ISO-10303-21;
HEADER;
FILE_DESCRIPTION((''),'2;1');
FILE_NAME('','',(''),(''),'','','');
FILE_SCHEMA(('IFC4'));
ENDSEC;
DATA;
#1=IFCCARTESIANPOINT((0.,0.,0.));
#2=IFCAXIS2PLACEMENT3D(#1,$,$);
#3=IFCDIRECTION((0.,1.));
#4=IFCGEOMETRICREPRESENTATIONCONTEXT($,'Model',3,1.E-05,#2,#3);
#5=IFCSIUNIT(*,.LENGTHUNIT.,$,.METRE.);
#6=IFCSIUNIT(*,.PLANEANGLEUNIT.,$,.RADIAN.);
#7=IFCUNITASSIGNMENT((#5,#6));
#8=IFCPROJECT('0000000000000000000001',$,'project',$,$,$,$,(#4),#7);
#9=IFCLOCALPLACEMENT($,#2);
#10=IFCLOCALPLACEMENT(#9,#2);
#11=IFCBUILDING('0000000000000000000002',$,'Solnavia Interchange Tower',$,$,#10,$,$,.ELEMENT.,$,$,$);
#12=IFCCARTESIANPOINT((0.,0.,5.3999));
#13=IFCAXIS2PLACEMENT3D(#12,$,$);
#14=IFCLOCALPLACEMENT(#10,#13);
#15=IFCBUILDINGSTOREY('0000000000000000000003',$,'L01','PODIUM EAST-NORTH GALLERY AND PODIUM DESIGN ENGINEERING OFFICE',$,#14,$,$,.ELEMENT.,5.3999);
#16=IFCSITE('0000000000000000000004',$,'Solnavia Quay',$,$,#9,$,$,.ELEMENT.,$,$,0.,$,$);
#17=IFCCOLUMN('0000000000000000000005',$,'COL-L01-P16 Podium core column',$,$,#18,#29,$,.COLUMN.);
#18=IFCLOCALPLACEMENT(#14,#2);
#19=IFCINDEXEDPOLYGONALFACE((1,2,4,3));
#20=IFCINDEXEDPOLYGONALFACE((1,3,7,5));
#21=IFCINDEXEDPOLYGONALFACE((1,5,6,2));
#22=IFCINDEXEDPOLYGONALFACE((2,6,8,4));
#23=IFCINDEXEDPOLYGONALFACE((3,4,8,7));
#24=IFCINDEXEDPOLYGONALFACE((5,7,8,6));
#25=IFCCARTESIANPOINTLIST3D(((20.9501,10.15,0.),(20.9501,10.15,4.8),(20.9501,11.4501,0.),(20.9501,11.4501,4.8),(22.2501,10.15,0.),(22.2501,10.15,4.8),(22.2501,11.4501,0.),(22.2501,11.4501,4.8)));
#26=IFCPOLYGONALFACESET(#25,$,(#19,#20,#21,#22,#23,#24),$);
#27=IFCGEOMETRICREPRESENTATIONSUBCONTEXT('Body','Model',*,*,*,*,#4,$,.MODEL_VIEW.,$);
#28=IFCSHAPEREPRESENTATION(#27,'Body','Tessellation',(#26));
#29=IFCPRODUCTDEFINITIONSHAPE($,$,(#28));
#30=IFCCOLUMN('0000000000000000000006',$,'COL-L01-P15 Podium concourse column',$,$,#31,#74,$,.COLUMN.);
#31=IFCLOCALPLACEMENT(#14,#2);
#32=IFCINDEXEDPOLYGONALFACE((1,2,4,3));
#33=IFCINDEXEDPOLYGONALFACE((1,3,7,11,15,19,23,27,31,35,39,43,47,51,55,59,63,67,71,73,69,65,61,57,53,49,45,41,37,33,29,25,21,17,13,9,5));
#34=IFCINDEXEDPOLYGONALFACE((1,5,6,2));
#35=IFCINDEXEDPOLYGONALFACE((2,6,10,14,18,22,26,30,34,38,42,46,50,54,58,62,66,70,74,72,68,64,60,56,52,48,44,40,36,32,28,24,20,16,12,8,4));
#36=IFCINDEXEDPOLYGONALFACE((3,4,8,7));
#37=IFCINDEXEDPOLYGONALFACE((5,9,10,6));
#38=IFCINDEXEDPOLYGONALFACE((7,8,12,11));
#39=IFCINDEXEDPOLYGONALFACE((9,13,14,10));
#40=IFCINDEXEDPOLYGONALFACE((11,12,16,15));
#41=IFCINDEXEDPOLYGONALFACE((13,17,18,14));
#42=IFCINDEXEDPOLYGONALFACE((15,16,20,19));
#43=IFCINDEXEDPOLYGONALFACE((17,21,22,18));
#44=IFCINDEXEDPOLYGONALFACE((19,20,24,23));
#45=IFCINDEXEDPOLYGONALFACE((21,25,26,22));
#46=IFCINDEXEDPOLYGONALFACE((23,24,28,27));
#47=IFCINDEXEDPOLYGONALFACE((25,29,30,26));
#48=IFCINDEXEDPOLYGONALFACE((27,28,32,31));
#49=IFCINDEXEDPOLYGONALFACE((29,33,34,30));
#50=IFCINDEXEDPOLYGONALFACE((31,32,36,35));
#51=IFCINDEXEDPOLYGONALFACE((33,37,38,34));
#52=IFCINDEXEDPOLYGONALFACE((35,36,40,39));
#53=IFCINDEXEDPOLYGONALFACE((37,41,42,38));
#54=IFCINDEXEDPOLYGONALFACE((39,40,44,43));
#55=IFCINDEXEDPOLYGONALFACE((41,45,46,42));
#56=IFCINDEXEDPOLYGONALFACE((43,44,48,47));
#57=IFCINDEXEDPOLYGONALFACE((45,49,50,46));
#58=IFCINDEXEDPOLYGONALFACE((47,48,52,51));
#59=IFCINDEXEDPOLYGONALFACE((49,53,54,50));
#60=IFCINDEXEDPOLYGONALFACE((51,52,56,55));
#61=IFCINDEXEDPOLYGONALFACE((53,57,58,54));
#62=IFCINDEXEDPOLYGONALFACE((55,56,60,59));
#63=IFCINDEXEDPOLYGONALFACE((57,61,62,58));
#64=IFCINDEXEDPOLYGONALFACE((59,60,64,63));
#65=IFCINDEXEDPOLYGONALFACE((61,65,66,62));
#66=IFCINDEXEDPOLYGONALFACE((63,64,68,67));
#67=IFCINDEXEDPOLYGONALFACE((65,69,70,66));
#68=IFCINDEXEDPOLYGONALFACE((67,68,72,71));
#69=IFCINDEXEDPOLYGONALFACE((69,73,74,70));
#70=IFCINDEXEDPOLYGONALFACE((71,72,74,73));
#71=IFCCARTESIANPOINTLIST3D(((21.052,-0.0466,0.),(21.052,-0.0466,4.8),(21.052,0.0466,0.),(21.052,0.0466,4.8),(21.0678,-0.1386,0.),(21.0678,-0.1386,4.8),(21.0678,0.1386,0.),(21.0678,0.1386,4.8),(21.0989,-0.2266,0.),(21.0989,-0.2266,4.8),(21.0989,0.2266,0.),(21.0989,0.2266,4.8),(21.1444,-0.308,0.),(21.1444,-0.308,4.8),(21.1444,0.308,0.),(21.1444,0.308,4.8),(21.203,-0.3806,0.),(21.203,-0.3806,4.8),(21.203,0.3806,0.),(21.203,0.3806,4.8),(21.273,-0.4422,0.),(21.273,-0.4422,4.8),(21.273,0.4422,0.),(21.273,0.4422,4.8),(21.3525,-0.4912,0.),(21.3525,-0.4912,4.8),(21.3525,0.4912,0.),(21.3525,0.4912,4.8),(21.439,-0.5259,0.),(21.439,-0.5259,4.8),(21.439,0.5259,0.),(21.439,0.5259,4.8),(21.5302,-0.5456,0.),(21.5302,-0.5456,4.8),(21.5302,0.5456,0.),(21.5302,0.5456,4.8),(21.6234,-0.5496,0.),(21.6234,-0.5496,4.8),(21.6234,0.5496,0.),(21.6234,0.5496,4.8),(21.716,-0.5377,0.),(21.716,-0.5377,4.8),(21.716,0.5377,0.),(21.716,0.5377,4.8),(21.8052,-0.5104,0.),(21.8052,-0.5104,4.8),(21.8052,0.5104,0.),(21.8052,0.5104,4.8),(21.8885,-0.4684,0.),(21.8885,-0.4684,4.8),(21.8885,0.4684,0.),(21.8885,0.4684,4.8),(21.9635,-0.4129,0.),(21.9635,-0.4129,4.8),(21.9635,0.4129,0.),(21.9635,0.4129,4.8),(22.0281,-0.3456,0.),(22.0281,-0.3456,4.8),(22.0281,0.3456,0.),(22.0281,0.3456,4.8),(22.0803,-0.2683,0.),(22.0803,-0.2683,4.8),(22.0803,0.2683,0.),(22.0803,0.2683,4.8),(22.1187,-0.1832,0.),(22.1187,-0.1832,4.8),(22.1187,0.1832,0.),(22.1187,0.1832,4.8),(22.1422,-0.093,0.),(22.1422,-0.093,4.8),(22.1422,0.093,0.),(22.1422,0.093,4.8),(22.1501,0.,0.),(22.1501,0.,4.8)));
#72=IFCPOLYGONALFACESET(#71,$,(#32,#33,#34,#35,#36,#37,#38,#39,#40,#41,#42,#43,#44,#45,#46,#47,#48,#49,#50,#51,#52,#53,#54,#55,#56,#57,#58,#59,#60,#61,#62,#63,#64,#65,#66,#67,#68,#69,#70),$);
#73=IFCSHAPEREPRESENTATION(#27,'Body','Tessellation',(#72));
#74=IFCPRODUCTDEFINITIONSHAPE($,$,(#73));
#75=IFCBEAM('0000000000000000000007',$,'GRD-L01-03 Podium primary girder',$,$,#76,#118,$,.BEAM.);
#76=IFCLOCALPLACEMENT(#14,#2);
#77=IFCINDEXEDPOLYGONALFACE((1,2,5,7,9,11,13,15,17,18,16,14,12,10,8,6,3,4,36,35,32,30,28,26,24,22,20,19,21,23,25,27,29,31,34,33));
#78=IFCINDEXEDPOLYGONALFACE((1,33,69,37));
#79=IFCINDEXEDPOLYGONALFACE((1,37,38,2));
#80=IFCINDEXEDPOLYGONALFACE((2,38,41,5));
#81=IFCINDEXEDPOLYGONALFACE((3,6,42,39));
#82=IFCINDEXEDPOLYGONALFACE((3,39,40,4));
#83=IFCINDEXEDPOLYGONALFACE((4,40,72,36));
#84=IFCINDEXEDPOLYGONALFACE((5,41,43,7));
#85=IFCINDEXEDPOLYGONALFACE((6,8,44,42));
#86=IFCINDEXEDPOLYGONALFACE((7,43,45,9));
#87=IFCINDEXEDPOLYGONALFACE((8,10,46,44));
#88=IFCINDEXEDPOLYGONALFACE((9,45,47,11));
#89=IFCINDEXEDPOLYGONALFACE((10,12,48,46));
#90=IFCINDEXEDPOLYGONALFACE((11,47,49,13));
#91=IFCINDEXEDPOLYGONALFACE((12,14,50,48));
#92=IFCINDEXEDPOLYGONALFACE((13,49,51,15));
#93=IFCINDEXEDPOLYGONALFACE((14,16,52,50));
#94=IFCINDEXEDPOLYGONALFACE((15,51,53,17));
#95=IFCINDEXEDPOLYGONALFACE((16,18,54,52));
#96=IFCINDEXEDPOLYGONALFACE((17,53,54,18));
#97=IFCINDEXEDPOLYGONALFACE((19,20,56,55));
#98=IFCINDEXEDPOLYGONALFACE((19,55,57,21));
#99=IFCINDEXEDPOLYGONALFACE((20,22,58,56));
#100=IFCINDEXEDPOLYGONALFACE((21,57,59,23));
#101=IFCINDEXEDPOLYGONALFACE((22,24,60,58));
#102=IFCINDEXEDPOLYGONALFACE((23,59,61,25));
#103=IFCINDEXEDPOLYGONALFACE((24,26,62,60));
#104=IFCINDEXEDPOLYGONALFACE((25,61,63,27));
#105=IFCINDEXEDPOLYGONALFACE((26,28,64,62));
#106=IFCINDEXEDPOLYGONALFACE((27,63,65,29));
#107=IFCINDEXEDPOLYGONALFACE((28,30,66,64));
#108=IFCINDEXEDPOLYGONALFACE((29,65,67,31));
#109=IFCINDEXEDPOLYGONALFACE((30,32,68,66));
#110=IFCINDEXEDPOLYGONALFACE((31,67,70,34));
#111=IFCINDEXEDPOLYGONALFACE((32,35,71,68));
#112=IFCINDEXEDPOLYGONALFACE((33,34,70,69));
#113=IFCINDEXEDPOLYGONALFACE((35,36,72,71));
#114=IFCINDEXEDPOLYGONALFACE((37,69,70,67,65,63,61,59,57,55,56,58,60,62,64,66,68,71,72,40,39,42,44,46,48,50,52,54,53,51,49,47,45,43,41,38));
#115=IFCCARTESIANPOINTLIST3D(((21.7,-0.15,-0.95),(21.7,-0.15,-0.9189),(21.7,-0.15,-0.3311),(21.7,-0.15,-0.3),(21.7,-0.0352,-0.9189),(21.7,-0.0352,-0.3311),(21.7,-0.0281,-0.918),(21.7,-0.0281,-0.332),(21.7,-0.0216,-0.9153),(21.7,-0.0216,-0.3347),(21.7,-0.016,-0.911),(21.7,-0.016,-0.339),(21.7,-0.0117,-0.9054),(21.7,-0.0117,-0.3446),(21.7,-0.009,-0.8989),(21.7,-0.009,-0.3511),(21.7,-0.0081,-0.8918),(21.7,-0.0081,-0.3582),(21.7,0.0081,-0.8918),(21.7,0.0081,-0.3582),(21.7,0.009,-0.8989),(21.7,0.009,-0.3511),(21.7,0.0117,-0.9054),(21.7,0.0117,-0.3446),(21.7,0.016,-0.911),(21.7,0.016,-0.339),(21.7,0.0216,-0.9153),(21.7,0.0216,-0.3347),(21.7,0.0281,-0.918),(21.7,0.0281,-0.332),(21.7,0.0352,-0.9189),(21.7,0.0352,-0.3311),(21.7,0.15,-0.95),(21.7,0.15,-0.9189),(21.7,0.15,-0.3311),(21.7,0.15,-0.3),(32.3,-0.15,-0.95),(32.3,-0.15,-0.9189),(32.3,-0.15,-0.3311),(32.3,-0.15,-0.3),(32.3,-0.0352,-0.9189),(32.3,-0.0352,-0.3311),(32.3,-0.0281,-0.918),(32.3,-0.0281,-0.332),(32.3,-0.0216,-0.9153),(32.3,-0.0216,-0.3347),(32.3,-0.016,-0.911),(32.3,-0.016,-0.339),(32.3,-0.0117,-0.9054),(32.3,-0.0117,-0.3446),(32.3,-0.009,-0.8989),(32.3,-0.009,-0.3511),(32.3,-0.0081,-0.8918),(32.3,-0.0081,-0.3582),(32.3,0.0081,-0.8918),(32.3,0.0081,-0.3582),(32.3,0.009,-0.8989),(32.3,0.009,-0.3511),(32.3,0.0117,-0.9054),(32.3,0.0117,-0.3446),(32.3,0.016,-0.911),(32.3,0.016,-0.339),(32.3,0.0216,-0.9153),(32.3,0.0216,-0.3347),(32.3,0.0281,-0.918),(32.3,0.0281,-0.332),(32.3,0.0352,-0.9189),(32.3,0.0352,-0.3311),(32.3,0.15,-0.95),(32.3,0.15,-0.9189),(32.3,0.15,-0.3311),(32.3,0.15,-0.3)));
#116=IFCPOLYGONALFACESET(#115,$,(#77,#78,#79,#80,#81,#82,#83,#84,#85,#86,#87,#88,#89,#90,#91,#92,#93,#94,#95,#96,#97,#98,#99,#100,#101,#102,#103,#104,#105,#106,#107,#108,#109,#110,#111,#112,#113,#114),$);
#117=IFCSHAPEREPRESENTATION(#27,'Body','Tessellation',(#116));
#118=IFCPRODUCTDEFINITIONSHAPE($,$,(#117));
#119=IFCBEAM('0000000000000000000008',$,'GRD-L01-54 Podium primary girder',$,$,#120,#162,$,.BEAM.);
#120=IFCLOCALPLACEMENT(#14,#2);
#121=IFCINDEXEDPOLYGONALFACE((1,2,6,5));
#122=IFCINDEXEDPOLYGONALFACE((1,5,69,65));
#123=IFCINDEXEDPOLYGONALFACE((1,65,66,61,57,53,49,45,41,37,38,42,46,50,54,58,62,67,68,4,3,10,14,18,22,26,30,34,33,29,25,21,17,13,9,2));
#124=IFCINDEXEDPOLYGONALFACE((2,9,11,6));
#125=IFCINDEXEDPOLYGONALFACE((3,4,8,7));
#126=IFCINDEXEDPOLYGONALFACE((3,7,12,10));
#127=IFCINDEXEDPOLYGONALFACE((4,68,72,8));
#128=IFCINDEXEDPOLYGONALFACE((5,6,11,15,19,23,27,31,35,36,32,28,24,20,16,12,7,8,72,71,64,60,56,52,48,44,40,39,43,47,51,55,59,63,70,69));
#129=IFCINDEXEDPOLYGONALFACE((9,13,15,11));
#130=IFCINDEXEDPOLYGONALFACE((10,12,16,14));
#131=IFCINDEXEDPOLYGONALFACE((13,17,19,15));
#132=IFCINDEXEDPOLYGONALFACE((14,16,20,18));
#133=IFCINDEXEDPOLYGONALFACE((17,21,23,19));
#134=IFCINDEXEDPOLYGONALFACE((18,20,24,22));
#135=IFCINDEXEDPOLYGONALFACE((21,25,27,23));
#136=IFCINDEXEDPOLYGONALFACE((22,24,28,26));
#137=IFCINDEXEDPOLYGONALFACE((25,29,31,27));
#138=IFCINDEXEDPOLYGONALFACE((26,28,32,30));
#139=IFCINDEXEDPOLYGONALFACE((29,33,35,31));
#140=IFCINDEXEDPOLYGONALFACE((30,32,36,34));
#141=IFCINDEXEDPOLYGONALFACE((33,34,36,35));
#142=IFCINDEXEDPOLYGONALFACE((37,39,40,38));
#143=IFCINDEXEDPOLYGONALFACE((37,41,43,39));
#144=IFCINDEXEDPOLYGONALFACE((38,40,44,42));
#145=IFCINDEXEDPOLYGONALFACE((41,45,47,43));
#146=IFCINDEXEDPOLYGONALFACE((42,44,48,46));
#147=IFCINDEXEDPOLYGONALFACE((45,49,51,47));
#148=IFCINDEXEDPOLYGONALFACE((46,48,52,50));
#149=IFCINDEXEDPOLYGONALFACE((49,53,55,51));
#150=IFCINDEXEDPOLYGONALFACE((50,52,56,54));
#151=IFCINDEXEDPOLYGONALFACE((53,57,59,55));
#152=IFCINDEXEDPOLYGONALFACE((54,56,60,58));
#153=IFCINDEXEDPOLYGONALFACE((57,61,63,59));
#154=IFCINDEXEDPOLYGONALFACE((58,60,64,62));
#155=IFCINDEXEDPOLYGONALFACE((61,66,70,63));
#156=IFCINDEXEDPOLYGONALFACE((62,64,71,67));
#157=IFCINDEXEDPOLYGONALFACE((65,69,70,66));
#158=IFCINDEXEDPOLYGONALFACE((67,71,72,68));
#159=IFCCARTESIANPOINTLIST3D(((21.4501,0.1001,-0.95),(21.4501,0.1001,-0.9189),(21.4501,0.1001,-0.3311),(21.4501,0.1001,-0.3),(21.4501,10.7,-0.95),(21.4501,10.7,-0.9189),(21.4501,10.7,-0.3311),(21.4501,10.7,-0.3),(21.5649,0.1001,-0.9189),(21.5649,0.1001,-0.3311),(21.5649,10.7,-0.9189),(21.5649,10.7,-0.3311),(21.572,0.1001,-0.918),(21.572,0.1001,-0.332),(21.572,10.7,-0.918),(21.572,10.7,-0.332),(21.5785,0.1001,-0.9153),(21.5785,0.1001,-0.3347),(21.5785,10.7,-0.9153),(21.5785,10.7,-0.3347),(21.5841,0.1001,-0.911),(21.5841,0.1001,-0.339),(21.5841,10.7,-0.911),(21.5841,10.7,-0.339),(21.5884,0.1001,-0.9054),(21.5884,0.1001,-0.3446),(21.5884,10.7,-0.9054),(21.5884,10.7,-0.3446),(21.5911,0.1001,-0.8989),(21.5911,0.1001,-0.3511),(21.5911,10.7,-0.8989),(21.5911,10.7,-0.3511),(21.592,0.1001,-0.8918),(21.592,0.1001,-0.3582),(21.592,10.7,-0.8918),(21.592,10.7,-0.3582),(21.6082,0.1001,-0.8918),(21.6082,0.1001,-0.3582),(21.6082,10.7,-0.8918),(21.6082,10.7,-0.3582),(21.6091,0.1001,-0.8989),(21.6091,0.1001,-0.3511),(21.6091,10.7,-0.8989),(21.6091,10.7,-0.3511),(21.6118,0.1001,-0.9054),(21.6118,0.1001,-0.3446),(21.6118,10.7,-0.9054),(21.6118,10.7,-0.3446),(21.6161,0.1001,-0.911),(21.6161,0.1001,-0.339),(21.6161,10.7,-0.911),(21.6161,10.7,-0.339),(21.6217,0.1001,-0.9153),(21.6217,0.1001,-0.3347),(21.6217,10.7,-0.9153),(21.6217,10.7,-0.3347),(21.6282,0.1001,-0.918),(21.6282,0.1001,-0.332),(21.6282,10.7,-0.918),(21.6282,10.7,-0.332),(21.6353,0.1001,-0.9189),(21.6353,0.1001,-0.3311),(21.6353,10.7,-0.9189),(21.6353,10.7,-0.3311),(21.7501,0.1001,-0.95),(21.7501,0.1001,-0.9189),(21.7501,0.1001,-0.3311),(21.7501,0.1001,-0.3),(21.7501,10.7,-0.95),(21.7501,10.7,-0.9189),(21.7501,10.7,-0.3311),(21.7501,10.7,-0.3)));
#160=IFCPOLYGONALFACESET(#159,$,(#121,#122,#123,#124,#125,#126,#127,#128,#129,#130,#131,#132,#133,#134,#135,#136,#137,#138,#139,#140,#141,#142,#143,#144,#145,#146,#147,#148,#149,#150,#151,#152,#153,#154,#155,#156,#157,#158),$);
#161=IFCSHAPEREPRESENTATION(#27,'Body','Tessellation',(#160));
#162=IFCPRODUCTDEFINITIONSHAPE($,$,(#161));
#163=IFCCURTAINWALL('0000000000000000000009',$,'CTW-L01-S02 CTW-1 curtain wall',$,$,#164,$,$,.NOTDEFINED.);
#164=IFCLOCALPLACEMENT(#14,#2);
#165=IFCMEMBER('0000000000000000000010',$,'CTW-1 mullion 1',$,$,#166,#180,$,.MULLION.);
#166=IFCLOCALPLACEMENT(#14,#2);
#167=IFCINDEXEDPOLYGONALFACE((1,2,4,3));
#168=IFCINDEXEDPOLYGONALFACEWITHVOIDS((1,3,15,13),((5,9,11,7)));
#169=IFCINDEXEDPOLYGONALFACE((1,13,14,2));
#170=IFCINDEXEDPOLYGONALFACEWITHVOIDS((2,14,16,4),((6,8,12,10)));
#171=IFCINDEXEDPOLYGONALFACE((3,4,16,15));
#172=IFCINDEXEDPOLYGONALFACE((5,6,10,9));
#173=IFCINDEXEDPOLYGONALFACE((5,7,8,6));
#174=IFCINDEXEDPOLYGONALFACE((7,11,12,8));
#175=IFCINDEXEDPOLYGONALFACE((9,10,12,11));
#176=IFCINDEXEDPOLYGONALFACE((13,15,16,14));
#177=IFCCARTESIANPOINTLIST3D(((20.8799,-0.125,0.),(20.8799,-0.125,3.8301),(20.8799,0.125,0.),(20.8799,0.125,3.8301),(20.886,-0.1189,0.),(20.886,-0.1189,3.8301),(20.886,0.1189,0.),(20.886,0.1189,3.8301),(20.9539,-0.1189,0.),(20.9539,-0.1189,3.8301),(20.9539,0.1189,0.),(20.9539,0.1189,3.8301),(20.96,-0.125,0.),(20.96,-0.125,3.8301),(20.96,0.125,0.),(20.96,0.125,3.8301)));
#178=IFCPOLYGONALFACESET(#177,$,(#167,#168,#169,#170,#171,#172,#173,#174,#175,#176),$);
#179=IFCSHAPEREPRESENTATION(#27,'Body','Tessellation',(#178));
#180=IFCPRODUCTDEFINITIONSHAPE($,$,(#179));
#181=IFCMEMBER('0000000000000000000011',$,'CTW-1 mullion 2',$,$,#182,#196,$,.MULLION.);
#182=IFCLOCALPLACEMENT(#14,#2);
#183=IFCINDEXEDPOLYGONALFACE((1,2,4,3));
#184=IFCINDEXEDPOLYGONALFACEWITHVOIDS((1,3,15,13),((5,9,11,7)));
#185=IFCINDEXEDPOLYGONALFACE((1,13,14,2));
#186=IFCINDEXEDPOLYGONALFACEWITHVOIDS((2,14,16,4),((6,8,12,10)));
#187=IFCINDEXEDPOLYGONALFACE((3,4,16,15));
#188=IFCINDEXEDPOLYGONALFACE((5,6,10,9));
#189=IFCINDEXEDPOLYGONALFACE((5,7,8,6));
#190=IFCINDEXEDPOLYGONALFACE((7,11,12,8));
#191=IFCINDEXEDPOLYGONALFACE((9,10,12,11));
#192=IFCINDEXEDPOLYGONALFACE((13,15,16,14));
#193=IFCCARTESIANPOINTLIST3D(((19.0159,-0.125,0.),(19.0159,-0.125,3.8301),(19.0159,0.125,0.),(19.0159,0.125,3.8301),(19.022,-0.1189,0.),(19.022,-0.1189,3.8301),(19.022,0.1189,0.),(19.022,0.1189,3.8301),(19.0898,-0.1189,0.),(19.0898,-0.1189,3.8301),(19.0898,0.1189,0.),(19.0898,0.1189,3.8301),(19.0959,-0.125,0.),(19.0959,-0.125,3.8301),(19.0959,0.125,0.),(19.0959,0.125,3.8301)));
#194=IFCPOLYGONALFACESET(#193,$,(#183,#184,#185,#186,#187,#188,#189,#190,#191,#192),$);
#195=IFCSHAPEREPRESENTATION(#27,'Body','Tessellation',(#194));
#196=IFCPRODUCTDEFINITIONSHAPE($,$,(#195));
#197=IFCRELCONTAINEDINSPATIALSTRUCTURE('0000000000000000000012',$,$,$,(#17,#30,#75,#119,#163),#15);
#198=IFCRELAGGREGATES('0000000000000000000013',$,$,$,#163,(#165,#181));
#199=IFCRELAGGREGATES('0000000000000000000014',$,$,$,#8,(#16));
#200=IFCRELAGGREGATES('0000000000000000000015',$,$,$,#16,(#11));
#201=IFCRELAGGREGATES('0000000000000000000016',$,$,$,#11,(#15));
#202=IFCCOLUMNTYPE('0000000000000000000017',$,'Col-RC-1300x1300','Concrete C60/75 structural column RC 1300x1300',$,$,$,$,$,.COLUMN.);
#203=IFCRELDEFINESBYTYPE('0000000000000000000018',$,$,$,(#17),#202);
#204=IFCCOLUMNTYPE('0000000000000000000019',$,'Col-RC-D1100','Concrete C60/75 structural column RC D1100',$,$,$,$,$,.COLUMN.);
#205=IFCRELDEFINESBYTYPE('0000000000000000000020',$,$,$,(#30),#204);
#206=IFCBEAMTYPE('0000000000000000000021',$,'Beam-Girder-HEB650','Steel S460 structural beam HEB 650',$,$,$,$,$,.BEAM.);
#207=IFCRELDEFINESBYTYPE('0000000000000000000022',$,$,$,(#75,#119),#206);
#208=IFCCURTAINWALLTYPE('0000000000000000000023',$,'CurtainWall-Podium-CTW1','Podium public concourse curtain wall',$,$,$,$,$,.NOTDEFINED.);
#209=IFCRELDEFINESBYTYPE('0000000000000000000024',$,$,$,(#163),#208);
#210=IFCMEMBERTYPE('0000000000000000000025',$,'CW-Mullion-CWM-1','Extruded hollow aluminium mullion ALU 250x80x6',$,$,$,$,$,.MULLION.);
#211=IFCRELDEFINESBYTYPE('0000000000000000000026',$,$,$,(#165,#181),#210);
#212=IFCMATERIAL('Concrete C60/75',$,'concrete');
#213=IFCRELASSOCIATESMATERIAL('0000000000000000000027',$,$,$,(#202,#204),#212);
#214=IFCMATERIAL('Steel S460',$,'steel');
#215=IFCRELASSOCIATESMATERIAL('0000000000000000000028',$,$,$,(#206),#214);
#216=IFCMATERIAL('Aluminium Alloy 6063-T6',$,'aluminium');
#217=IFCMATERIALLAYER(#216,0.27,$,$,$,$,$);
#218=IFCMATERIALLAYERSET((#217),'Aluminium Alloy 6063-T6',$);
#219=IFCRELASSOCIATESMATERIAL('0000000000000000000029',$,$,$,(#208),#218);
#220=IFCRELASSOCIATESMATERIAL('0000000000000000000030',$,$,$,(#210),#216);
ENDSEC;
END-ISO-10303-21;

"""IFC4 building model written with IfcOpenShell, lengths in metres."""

from ifc_helpers import new_model, si_unit, direction, frame, origin, origin_2d, place, context, subcontext, project, spatial, rectangle, hollow_rectangle, circle, i_section, extrude, material, layer, layer_set, material_profile, profile_set, type_object, element, aggregate, save


model = new_model("IFC4")

# Units and contexts
model_context = context("Model", 3, precision=1e-05, world=origin(), true_north=direction((0.0, 1.0)))
body_context = subcontext(model_context, "Body", "Model", "MODEL_VIEW")
ifc_project = project(units=[si_unit("LENGTHUNIT", "METRE"), si_unit("PLANEANGLEUNIT", "RADIAN")], contexts=[model_context])

# Site, building, storey
site_placement = place(None, origin())
site = spatial("IfcSite", under=ifc_project, at=site_placement, Name="Solnavia Quay", CompositionType="ELEMENT", RefElevation=0.0)
building_placement = place(site_placement, origin())
building = spatial("IfcBuilding", under=site, at=building_placement, Name="Solnavia Interchange Tower", CompositionType="ELEMENT")
storey_placement = place(building_placement, frame((0.0, 0.0, 5.3999)))
storey = spatial("IfcBuildingStorey", under=building, at=storey_placement, Name="L01", Description="PODIUM EAST-NORTH GALLERY AND PODIUM DESIGN ENGINEERING OFFICE", CompositionType="ELEMENT", Elevation=5.3999)

# Columns
ifc_material_1 = material(Name="Concrete C60/75", Category="concrete")
ifc_material_profile_1 = material_profile(ifc_material_1, rectangle(XDim=1.3, YDim=1.3, at=origin_2d()), Name="RC 1300x1300")
ifc_profile_set_1 = profile_set([ifc_material_profile_1], Name="Concrete C60/75")
column_type_1 = type_object("IfcColumnType", Name="Col-RC-1300x1300", Description="Concrete C60/75 structural column RC 1300x1300", PredefinedType="COLUMN", material=ifc_profile_set_1)
column_1_placement = place(storey_placement, frame((21.6001, 10.8, 0.0), z_axis=(0.0, 0.0, 1.0), x_axis=(1.0, 0.0, 0.0)))
element("IfcColumn", 1, at=column_1_placement, inside=storey, type_object=column_type_1, Name="COL-L01-P16 Podium core column", PredefinedType="COLUMN", context=body_context, shape_type="SweptSolid", body=[
    extrude(rectangle(XDim=1.3, YDim=1.3, at=origin_2d()), origin(), (0.0, 0.0, 1.0), 4.8),
])
ifc_material_profile_2 = material_profile(ifc_material_1, circle(Radius=0.55, at=origin_2d()), Name="RC D1100")
ifc_profile_set_2 = profile_set([ifc_material_profile_2], Name="Concrete C60/75")
column_type_2 = type_object("IfcColumnType", Name="Col-RC-D1100", Description="Concrete C60/75 structural column RC D1100", PredefinedType="COLUMN", material=ifc_profile_set_2)
column_2_placement = place(storey_placement, frame((21.6001, 0.0, 0.0), z_axis=(0.0, 0.0, 1.0), x_axis=(1.0, 0.0, 0.0)))
element("IfcColumn", 2, at=column_2_placement, inside=storey, type_object=column_type_2, Name="COL-L01-P15 Podium concourse column", PredefinedType="COLUMN", context=body_context, shape_type="SweptSolid", body=[
    extrude(circle(Radius=0.55, at=origin_2d()), origin(), (0.0, 0.0, 1.0), 4.8),
])

# Beams
ifc_material_2 = material(Name="Steel S460", Category="steel")
ifc_material_profile_3 = material_profile(ifc_material_2, i_section(OverallWidth=0.3, OverallDepth=0.6499, WebThickness=0.0161, FlangeThickness=0.031, FilletRadius=0.0271, at=origin_2d()), Name="HEB 650")
ifc_profile_set_3 = profile_set([ifc_material_profile_3], Name="Steel S460")
beam_type = type_object("IfcBeamType", Name="Beam-Girder-HEB650", Description="Steel S460 structural beam HEB 650", PredefinedType="BEAM", material=ifc_profile_set_3)
beam_1_placement = place(storey_placement, frame((21.7, 0.0, -0.625), z_axis=(1.0, 0.0, 0.0), x_axis=(0.0, 1.0, 0.0)))
element("IfcBeam", 3, at=beam_1_placement, inside=storey, type_object=beam_type, Name="GRD-L01-03 Podium primary girder", PredefinedType="BEAM", context=body_context, shape_type="SweptSolid", body=[
    extrude(i_section(OverallWidth=0.3, OverallDepth=0.6499, WebThickness=0.0161, FlangeThickness=0.031, FilletRadius=0.0271, at=origin_2d()), origin(), (0.0, 0.0, 1.0), 10.6001),
])
beam_2_placement = place(storey_placement, frame((21.6001, 0.1001, -0.625), z_axis=(0.0, 1.0, 0.0), x_axis=(-1.0, 0.0, 0.0)))
element("IfcBeam", 4, at=beam_2_placement, inside=storey, type_object=beam_type, Name="GRD-L01-54 Podium primary girder", PredefinedType="BEAM", context=body_context, shape_type="SweptSolid", body=[
    extrude(i_section(OverallWidth=0.3, OverallDepth=0.6499, WebThickness=0.0161, FlangeThickness=0.031, FilletRadius=0.0271, at=origin_2d()), origin(), (0.0, 0.0, 1.0), 10.5999),
])

# Curtain wall, members
ifc_material_3 = material(Name="Aluminium Alloy 6063-T6", Category="aluminium")
ifc_layer_1 = layer(ifc_material_3, 0.27)
ifc_layer_set_1 = layer_set([ifc_layer_1], Name="Aluminium Alloy 6063-T6")
curtain_wall_type = type_object("IfcCurtainWallType", Name="CurtainWall-Podium-CTW1", Description="Podium public concourse curtain wall", PredefinedType="NOTDEFINED", material=ifc_layer_set_1)
curtain_wall_placement = place(storey_placement, origin())
curtain_wall = element("IfcCurtainWall", 5, at=curtain_wall_placement, inside=storey, type_object=curtain_wall_type, Name="CTW-L01-S02 CTW-1 curtain wall", PredefinedType="NOTDEFINED")
ifc_material_profile_4 = material_profile(ifc_material_3, hollow_rectangle(XDim=0.0801, YDim=0.25, WallThickness=0.0061, at=origin_2d()), Name="ALU 250x80x6")
ifc_profile_set_4 = profile_set([ifc_material_profile_4], Name="Aluminium Alloy 6063-T6")
member_type_1 = type_object("IfcMemberType", Name="CW-Mullion-CWM-1", Description="Extruded hollow aluminium mullion ALU 250x80x6", PredefinedType="MULLION", material=ifc_profile_set_4)
member_1_placement = place(storey_placement, frame((20.9199, 0.0, 0.0), z_axis=(0.0, 0.0, 1.0), x_axis=(-1.0, 0.0, 0.0)))
member_1 = element("IfcMember", 6, at=member_1_placement, type_object=member_type_1, Name="CTW-1 mullion 1", PredefinedType="MULLION", context=body_context, shape_type="SweptSolid", body=[
    extrude(hollow_rectangle(XDim=0.0801, YDim=0.25, WallThickness=0.0061, at=origin_2d()), origin(), (0.0, 0.0, 1.0), 3.8301),
])
member_2_placement = place(storey_placement, frame((19.0559, 0.0, 0.0), z_axis=(0.0, 0.0, 1.0), x_axis=(-1.0, 0.0, 0.0)))
member_2 = element("IfcMember", 7, at=member_2_placement, type_object=member_type_1, Name="CTW-1 mullion 2", PredefinedType="MULLION", context=body_context, shape_type="SweptSolid", body=[
    extrude(hollow_rectangle(XDim=0.0801, YDim=0.25, WallThickness=0.0061, at=origin_2d()), origin(), (0.0, 0.0, 1.0), 3.8301),
])
aggregate(curtain_wall, [member_1, member_2])

save(model, "model.ifc")
